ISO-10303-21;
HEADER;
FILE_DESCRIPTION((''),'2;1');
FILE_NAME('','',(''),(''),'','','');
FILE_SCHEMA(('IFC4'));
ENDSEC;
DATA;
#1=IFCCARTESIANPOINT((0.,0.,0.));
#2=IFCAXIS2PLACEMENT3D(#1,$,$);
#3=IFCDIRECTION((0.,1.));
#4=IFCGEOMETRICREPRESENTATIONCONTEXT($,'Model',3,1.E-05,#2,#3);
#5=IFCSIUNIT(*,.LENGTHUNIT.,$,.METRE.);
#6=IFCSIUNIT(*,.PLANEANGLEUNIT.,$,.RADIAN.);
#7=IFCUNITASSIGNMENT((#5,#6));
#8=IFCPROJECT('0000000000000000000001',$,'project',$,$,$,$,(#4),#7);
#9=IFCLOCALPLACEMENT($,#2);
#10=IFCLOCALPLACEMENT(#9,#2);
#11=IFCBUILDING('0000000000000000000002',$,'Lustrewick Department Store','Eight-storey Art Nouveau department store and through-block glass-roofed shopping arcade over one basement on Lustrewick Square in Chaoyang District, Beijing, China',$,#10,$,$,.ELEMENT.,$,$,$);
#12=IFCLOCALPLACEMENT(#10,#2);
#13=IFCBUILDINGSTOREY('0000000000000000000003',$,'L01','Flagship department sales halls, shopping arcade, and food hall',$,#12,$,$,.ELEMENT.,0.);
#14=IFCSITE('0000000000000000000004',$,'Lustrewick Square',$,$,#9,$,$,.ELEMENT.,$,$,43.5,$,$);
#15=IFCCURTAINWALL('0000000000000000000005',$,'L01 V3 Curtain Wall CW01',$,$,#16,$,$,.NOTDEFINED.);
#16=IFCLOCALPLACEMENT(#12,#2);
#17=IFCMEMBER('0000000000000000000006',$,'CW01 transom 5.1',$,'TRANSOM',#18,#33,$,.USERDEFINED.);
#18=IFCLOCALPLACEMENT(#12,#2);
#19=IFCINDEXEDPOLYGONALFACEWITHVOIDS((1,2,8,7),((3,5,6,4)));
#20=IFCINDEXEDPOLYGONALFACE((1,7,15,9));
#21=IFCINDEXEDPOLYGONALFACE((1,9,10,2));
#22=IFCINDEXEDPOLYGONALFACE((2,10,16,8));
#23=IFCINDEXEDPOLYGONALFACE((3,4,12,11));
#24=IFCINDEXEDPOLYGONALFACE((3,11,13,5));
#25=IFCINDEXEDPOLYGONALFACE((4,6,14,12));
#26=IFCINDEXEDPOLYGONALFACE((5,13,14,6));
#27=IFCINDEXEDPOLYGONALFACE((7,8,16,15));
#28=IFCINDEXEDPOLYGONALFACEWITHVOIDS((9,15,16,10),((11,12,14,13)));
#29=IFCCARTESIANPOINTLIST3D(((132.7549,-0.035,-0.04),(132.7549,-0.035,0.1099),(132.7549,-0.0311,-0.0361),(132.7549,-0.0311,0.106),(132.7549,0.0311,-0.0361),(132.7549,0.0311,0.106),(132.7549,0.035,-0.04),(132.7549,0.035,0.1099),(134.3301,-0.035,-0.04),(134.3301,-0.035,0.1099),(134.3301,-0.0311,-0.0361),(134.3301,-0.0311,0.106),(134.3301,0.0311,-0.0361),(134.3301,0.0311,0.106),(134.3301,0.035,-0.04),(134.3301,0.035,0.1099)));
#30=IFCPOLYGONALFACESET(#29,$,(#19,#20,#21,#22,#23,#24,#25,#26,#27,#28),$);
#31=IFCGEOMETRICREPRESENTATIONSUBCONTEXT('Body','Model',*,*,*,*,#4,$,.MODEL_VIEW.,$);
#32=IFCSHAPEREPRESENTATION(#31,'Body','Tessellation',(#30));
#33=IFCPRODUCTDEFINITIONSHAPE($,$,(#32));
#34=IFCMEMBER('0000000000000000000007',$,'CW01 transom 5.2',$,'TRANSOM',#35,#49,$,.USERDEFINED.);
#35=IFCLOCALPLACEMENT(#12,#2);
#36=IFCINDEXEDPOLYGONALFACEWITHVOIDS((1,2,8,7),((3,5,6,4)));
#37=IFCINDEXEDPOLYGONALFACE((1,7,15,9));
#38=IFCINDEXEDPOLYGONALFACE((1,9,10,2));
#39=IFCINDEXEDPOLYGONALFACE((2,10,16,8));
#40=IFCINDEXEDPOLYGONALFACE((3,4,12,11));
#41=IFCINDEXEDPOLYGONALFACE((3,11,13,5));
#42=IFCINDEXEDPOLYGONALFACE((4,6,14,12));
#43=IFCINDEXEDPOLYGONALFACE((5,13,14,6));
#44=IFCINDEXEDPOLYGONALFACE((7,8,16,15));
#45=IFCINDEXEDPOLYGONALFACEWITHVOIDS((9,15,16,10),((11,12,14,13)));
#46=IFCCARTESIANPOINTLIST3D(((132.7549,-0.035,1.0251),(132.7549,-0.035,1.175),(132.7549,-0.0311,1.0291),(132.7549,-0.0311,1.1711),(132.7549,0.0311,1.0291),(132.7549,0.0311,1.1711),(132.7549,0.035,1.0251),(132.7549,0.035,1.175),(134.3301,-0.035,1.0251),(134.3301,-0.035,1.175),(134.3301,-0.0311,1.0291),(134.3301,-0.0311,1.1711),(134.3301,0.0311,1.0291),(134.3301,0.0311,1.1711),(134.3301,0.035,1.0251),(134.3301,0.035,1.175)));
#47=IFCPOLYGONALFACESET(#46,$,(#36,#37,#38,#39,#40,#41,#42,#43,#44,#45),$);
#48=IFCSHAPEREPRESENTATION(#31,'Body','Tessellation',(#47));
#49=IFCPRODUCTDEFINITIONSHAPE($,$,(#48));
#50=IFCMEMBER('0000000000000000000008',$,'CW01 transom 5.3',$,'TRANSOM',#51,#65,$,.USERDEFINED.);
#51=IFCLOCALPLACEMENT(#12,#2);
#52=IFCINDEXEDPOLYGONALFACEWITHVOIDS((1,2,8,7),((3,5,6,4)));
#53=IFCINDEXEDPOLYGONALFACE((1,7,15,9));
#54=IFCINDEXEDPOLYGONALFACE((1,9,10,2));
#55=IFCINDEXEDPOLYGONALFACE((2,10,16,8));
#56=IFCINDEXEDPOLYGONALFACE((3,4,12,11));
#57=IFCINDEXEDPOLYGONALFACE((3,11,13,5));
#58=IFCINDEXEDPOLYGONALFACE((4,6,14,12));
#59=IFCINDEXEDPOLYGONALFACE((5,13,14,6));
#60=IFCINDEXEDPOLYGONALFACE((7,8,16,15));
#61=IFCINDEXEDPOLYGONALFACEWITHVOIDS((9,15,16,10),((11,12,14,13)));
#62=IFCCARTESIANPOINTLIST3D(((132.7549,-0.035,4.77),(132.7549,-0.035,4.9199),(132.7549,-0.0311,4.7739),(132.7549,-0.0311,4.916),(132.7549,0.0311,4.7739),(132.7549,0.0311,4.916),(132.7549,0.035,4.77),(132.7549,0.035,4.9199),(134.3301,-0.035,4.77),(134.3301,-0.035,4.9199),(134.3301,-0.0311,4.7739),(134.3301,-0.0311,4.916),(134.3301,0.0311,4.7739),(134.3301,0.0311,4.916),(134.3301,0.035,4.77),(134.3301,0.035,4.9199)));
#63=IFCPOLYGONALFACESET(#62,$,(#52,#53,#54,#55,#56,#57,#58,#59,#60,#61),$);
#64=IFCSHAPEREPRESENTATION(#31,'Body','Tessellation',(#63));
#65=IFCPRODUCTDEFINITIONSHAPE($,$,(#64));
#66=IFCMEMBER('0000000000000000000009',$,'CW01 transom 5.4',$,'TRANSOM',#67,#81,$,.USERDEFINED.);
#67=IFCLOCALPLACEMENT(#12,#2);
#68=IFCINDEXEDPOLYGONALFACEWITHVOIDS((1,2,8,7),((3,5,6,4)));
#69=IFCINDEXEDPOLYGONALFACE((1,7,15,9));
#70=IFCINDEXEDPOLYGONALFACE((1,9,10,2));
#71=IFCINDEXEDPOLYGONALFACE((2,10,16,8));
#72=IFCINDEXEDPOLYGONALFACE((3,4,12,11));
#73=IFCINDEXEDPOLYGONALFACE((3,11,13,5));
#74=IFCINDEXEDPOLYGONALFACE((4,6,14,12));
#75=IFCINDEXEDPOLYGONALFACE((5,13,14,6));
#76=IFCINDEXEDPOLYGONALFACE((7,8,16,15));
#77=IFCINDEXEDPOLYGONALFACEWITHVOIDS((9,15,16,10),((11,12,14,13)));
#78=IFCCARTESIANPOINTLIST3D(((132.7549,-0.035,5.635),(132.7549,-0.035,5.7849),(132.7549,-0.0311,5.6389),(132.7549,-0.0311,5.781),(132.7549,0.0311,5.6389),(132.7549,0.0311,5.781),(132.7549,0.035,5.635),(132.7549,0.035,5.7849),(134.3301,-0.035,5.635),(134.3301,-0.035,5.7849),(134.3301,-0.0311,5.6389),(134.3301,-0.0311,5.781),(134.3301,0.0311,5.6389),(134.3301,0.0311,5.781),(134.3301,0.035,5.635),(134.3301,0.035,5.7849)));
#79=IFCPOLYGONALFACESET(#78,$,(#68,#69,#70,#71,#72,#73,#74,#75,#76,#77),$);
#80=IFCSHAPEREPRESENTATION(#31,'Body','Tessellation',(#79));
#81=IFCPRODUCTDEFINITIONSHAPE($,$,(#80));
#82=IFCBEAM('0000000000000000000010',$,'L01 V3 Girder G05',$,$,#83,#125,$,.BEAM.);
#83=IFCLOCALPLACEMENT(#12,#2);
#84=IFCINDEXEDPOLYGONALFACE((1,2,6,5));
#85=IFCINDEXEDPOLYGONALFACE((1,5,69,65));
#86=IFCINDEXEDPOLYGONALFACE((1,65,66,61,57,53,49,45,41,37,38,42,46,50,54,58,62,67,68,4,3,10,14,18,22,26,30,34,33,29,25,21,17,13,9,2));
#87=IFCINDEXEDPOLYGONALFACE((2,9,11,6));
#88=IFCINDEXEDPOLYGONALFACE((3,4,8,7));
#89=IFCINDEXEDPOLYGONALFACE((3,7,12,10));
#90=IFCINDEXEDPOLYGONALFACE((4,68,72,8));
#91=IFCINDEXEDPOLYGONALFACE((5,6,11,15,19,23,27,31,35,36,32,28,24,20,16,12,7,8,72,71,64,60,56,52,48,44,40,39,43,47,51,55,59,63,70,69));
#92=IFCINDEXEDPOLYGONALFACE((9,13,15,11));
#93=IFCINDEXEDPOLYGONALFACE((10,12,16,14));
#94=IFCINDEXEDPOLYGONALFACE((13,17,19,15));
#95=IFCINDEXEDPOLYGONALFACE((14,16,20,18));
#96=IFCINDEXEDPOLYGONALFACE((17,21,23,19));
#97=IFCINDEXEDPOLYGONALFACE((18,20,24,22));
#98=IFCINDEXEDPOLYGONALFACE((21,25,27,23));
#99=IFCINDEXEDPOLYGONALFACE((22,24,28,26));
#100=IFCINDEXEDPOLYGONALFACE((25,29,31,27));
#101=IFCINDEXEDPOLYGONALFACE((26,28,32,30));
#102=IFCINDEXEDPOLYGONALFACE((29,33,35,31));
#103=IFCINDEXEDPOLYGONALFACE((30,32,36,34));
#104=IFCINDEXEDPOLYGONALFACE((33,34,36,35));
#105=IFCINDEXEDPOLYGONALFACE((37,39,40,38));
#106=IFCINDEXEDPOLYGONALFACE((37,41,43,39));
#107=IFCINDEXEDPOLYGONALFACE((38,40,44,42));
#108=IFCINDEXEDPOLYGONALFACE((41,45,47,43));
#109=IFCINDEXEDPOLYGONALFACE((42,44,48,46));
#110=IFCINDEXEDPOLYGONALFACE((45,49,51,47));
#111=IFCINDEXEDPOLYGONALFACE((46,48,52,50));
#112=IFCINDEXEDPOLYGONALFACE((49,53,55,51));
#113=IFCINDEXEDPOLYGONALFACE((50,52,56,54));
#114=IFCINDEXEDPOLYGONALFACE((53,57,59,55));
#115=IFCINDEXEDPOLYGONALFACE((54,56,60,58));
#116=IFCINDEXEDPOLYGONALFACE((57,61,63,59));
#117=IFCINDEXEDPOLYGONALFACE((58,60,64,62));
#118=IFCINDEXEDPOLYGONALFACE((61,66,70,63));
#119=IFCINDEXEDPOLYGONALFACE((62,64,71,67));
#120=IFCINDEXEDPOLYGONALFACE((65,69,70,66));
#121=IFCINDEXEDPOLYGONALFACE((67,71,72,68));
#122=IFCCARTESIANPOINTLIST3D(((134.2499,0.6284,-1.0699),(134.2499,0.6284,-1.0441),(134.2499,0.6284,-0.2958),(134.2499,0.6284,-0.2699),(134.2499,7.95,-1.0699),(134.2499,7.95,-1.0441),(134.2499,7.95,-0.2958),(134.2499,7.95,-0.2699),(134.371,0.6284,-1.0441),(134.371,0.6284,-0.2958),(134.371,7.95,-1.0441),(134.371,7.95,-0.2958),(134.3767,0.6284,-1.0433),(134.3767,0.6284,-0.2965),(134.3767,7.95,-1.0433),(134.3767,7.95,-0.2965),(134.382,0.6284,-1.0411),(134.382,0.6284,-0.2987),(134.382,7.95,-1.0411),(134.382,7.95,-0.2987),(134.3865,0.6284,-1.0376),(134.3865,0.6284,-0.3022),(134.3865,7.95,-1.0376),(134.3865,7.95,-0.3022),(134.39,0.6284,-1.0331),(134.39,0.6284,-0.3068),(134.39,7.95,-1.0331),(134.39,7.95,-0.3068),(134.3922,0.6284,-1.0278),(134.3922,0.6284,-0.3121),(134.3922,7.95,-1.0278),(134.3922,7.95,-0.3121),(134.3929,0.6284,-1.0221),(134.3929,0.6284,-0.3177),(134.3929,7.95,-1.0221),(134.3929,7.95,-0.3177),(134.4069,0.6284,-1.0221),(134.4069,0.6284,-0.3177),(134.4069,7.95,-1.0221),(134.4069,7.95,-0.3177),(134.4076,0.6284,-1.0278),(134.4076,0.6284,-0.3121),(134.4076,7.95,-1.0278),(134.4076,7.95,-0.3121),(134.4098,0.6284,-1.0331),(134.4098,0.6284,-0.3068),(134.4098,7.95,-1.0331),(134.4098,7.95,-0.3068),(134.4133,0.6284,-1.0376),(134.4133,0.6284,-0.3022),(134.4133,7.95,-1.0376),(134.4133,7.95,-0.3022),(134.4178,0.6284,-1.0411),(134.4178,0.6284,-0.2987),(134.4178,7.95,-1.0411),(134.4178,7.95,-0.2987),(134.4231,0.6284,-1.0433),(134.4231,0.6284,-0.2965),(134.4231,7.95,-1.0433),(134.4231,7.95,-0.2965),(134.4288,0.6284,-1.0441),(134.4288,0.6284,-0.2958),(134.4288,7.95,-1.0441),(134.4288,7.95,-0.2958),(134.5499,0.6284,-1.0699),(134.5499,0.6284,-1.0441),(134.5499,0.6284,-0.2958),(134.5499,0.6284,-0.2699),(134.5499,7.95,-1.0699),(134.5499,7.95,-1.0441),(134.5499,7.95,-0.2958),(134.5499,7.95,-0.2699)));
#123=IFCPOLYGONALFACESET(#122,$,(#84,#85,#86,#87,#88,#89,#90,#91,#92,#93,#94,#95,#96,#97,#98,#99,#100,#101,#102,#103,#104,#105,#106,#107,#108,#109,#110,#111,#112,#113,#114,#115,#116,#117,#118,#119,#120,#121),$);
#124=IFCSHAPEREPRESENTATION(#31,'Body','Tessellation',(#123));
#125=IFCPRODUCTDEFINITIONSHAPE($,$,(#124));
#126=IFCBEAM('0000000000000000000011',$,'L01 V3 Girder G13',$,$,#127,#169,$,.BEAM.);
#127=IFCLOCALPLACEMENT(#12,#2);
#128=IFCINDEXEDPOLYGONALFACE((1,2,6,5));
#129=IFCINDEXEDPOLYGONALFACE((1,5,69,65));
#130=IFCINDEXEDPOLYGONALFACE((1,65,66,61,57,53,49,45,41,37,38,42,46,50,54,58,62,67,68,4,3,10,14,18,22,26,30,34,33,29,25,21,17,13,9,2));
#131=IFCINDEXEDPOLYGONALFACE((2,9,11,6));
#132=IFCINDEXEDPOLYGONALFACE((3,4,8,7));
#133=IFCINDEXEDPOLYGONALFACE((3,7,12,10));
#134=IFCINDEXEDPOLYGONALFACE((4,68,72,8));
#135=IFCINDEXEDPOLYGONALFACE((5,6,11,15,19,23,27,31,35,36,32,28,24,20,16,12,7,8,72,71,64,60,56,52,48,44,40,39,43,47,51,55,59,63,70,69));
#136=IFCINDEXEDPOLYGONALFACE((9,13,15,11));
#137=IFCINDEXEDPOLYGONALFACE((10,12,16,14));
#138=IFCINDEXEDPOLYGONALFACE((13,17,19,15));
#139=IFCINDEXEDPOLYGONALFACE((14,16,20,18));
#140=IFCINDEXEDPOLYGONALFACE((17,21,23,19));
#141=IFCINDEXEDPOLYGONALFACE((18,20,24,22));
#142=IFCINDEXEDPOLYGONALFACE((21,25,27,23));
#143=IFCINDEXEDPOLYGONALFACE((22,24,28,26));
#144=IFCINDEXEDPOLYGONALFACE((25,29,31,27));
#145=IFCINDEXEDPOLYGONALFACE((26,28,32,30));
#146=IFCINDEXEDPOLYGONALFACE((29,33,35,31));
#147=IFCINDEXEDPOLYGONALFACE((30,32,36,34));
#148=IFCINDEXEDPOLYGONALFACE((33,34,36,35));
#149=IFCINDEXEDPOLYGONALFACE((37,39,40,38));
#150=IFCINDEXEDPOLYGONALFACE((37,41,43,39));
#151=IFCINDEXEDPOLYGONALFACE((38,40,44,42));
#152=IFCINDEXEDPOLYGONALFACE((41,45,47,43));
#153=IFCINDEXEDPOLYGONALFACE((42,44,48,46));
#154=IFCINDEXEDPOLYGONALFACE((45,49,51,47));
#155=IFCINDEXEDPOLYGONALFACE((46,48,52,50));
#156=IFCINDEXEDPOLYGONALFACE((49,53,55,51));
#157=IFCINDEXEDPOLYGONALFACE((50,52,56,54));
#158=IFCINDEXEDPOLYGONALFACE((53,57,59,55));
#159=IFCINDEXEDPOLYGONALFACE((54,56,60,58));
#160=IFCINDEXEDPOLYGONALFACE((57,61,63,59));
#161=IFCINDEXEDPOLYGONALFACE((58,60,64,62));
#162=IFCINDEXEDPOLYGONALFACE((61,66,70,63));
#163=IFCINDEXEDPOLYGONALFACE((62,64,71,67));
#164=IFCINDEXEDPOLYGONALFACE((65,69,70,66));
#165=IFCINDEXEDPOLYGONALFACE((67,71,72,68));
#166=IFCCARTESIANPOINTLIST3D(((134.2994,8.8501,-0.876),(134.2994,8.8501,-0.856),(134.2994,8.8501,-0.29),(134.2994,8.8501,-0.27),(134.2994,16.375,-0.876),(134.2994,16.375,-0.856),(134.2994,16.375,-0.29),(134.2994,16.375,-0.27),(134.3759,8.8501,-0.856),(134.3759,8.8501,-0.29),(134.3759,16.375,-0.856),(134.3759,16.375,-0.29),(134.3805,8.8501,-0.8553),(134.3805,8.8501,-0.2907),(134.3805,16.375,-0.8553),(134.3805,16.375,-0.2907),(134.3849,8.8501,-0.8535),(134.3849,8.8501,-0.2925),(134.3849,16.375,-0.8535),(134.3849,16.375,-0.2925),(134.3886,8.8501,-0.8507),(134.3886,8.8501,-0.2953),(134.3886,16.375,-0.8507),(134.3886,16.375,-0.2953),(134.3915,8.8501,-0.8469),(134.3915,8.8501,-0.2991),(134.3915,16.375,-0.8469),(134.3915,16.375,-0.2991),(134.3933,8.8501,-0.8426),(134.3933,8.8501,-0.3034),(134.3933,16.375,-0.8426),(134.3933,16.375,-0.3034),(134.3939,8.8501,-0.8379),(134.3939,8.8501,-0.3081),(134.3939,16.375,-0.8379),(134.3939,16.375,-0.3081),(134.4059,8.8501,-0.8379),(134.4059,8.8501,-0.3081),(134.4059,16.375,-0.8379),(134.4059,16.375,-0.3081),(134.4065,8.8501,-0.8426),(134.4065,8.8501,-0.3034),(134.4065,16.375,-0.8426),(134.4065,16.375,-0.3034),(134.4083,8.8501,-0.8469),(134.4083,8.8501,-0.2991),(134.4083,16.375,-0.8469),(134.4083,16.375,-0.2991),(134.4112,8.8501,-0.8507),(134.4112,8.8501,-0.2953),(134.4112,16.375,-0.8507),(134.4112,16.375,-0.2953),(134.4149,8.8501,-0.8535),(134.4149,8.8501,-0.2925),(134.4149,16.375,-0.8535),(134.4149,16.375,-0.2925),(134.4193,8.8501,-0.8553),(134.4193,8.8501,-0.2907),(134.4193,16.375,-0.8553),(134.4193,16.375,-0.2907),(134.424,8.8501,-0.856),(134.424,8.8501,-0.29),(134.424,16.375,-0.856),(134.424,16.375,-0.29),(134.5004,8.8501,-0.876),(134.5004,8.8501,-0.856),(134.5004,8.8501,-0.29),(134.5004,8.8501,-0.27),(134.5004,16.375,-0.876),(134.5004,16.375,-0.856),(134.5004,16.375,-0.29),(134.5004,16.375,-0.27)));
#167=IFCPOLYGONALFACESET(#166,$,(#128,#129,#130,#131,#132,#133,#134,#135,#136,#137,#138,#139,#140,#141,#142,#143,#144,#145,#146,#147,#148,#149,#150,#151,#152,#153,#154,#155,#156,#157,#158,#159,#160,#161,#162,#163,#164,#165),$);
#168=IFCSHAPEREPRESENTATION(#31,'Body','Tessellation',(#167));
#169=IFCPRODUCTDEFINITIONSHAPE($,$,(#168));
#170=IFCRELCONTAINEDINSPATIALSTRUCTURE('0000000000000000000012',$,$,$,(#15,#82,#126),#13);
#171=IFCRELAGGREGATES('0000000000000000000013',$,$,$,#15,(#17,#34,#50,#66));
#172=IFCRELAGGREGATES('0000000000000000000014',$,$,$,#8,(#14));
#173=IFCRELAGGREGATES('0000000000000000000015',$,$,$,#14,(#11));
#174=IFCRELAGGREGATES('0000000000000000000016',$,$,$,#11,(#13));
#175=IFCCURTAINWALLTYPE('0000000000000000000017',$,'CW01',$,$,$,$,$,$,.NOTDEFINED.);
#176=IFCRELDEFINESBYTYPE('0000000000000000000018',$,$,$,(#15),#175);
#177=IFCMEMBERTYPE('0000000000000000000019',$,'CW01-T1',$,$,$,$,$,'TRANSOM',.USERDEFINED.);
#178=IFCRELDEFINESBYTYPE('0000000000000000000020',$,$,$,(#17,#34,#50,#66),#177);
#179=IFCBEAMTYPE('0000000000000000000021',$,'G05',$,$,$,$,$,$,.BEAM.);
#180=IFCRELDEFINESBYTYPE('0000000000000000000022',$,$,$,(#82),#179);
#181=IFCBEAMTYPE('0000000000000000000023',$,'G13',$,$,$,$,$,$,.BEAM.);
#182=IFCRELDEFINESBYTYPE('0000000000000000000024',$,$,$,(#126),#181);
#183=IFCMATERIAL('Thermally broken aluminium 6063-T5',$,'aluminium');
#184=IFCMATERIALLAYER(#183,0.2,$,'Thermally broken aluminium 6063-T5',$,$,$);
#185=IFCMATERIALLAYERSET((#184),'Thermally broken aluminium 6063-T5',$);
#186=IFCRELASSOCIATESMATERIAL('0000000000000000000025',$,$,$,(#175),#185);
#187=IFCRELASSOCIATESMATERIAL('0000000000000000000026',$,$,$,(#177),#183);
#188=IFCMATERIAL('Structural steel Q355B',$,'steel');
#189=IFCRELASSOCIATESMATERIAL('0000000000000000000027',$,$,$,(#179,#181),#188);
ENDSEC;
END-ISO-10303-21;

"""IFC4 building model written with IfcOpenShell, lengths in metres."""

from ifc_helpers import new_model, si_unit, direction, frame, origin, origin_2d, place, context, subcontext, project, spatial, hollow_rectangle, i_section, extrude, material, layer, layer_set, material_profile, profile_set, type_object, element, aggregate, save


model = new_model("IFC4")

# Units and contexts
model_context = context("Model", 3, precision=1e-05, world=origin(), true_north=direction((0.0, 1.0)))
body_context = subcontext(model_context, "Body", "Model", "MODEL_VIEW")
ifc_project = project(units=[si_unit("LENGTHUNIT", "METRE"), si_unit("PLANEANGLEUNIT", "RADIAN")], contexts=[model_context])

# Site, building, storey
site_placement = place(None, origin())
site = spatial("IfcSite", under=ifc_project, at=site_placement, Name="Lustrewick Square", CompositionType="ELEMENT", RefElevation=43.5)
building_placement = place(site_placement, origin())
building = spatial("IfcBuilding", under=site, at=building_placement, Name="Lustrewick Department Store", Description="Eight-storey Art Nouveau department store and through-block glass-roofed shopping arcade over one basement on Lustrewick Square in Chaoyang District, Beijing, China", CompositionType="ELEMENT")
storey_placement = place(building_placement, origin())
storey = spatial("IfcBuildingStorey", under=building, at=storey_placement, Name="L01", Description="Flagship department sales halls, shopping arcade, and food hall", CompositionType="ELEMENT", Elevation=0.0)

# Shared definitions
ifc_material_1 = material(Name="Structural steel Q355B", Category="steel")

# Curtain wall, members
ifc_material_2 = material(Name="Thermally broken aluminium 6063-T5", Category="aluminium")
ifc_layer_1 = layer(ifc_material_2, 0.2, Name="Thermally broken aluminium 6063-T5")
ifc_layer_set_1 = layer_set([ifc_layer_1], Name="Thermally broken aluminium 6063-T5")
curtain_wall_type = type_object("IfcCurtainWallType", Name="CW01", PredefinedType="NOTDEFINED", material=ifc_layer_set_1)
curtain_wall_placement = place(storey_placement, origin())
curtain_wall = element("IfcCurtainWall", 1, at=curtain_wall_placement, inside=storey, type_object=curtain_wall_type, Name="L01 V3 Curtain Wall CW01", PredefinedType="NOTDEFINED")
ifc_material_profile_1 = material_profile(ifc_material_2, hollow_rectangle(XDim=0.0701, YDim=0.1499, WallThickness=0.0039, at=origin_2d()), Name="ALU-T 70x150x4")
ifc_profile_set_1 = profile_set([ifc_material_profile_1], Name="Thermally broken aluminium 6063-T5")
member_type_1 = type_object("IfcMemberType", Name="CW01-T1", ElementType="TRANSOM", PredefinedType="USERDEFINED", material=ifc_profile_set_1)
member_1_placement = place(storey_placement, frame((132.7549, 0.0, 0.0349), z_axis=(1.0, 0.0, 0.0), x_axis=(0.0, 1.0, 0.0)))
member_1 = element("IfcMember", 2, at=member_1_placement, type_object=member_type_1, Name="CW01 transom 5.1", ObjectType="TRANSOM", PredefinedType="USERDEFINED", context=body_context, shape_type="SweptSolid", body=[
    extrude(hollow_rectangle(XDim=0.0701, YDim=0.1499, WallThickness=0.0039, at=origin_2d()), origin(), (0.0, 0.0, 1.0), 1.5752),
])
member_2_placement = place(storey_placement, frame((132.7549, 0.0, 1.1001), z_axis=(1.0, 0.0, 0.0), x_axis=(0.0, 1.0, 0.0)))
member_2 = element("IfcMember", 3, at=member_2_placement, type_object=member_type_1, Name="CW01 transom 5.2", ObjectType="TRANSOM", PredefinedType="USERDEFINED", context=body_context, shape_type="SweptSolid", body=[
    extrude(hollow_rectangle(XDim=0.0701, YDim=0.1499, WallThickness=0.0039, at=origin_2d()), origin(), (0.0, 0.0, 1.0), 1.5752),
])
member_3_placement = place(storey_placement, frame((132.7549, 0.0, 4.845), z_axis=(1.0, 0.0, 0.0), x_axis=(0.0, 1.0, 0.0)))
member_3 = element("IfcMember", 4, at=member_3_placement, type_object=member_type_1, Name="CW01 transom 5.3", ObjectType="TRANSOM", PredefinedType="USERDEFINED", context=body_context, shape_type="SweptSolid", body=[
    extrude(hollow_rectangle(XDim=0.0701, YDim=0.1499, WallThickness=0.0039, at=origin_2d()), origin(), (0.0, 0.0, 1.0), 1.5752),
])
member_4_placement = place(storey_placement, frame((132.7549, 0.0, 5.71), z_axis=(1.0, 0.0, 0.0), x_axis=(0.0, 1.0, 0.0)))
member_4 = element("IfcMember", 5, at=member_4_placement, type_object=member_type_1, Name="CW01 transom 5.4", ObjectType="TRANSOM", PredefinedType="USERDEFINED", context=body_context, shape_type="SweptSolid", body=[
    extrude(hollow_rectangle(XDim=0.0701, YDim=0.1499, WallThickness=0.0039, at=origin_2d()), origin(), (0.0, 0.0, 1.0), 1.5752),
])

# Beams
ifc_material_profile_2 = material_profile(ifc_material_1, i_section(OverallWidth=0.3, OverallDepth=0.8, WebThickness=0.0139, FlangeThickness=0.0259, FilletRadius=0.022, at=origin_2d()), Name="HN 800x300x14x26")
ifc_profile_set_2 = profile_set([ifc_material_profile_2], Name="Structural steel Q355B")
beam_type_1 = type_object("IfcBeamType", Name="G05", PredefinedType="BEAM", material=ifc_profile_set_2)
beam_1_placement = place(storey_placement, frame((134.3999, 0.6284, -0.6699), z_axis=(0.0, 1.0, 0.0), x_axis=(-1.0, 0.0, 0.0)))
element("IfcBeam", 6, at=beam_1_placement, inside=storey, type_object=beam_type_1, Name="L01 V3 Girder G05", PredefinedType="BEAM", context=body_context, shape_type="SweptSolid", body=[
    extrude(i_section(OverallWidth=0.3, OverallDepth=0.8, WebThickness=0.0139, FlangeThickness=0.0259, FilletRadius=0.022, at=origin_2d()), origin(), (0.0, 0.0, 1.0), 7.3215),
])
ifc_material_profile_3 = material_profile(ifc_material_1, i_section(OverallWidth=0.2009, OverallDepth=0.606, WebThickness=0.012, FlangeThickness=0.02, FilletRadius=0.0181, at=origin_2d()), Name="HN 606x201x12x20")
ifc_profile_set_3 = profile_set([ifc_material_profile_3], Name="Structural steel Q355B")
beam_type_2 = type_object("IfcBeamType", Name="G13", PredefinedType="BEAM", material=ifc_profile_set_3)
beam_2_placement = place(storey_placement, frame((134.3999, 8.8501, -0.573), z_axis=(0.0, 1.0, 0.0), x_axis=(-1.0, 0.0, 0.0)))
element("IfcBeam", 7, at=beam_2_placement, inside=storey, type_object=beam_type_2, Name="L01 V3 Girder G13", PredefinedType="BEAM", context=body_context, shape_type="SweptSolid", body=[
    extrude(i_section(OverallWidth=0.2009, OverallDepth=0.606, WebThickness=0.012, FlangeThickness=0.02, FilletRadius=0.0181, at=origin_2d()), origin(), (0.0, 0.0, 1.0), 7.5249),
])

aggregate(curtain_wall, [member_1, member_2, member_3, member_4])

save(model, "model.ifc")
